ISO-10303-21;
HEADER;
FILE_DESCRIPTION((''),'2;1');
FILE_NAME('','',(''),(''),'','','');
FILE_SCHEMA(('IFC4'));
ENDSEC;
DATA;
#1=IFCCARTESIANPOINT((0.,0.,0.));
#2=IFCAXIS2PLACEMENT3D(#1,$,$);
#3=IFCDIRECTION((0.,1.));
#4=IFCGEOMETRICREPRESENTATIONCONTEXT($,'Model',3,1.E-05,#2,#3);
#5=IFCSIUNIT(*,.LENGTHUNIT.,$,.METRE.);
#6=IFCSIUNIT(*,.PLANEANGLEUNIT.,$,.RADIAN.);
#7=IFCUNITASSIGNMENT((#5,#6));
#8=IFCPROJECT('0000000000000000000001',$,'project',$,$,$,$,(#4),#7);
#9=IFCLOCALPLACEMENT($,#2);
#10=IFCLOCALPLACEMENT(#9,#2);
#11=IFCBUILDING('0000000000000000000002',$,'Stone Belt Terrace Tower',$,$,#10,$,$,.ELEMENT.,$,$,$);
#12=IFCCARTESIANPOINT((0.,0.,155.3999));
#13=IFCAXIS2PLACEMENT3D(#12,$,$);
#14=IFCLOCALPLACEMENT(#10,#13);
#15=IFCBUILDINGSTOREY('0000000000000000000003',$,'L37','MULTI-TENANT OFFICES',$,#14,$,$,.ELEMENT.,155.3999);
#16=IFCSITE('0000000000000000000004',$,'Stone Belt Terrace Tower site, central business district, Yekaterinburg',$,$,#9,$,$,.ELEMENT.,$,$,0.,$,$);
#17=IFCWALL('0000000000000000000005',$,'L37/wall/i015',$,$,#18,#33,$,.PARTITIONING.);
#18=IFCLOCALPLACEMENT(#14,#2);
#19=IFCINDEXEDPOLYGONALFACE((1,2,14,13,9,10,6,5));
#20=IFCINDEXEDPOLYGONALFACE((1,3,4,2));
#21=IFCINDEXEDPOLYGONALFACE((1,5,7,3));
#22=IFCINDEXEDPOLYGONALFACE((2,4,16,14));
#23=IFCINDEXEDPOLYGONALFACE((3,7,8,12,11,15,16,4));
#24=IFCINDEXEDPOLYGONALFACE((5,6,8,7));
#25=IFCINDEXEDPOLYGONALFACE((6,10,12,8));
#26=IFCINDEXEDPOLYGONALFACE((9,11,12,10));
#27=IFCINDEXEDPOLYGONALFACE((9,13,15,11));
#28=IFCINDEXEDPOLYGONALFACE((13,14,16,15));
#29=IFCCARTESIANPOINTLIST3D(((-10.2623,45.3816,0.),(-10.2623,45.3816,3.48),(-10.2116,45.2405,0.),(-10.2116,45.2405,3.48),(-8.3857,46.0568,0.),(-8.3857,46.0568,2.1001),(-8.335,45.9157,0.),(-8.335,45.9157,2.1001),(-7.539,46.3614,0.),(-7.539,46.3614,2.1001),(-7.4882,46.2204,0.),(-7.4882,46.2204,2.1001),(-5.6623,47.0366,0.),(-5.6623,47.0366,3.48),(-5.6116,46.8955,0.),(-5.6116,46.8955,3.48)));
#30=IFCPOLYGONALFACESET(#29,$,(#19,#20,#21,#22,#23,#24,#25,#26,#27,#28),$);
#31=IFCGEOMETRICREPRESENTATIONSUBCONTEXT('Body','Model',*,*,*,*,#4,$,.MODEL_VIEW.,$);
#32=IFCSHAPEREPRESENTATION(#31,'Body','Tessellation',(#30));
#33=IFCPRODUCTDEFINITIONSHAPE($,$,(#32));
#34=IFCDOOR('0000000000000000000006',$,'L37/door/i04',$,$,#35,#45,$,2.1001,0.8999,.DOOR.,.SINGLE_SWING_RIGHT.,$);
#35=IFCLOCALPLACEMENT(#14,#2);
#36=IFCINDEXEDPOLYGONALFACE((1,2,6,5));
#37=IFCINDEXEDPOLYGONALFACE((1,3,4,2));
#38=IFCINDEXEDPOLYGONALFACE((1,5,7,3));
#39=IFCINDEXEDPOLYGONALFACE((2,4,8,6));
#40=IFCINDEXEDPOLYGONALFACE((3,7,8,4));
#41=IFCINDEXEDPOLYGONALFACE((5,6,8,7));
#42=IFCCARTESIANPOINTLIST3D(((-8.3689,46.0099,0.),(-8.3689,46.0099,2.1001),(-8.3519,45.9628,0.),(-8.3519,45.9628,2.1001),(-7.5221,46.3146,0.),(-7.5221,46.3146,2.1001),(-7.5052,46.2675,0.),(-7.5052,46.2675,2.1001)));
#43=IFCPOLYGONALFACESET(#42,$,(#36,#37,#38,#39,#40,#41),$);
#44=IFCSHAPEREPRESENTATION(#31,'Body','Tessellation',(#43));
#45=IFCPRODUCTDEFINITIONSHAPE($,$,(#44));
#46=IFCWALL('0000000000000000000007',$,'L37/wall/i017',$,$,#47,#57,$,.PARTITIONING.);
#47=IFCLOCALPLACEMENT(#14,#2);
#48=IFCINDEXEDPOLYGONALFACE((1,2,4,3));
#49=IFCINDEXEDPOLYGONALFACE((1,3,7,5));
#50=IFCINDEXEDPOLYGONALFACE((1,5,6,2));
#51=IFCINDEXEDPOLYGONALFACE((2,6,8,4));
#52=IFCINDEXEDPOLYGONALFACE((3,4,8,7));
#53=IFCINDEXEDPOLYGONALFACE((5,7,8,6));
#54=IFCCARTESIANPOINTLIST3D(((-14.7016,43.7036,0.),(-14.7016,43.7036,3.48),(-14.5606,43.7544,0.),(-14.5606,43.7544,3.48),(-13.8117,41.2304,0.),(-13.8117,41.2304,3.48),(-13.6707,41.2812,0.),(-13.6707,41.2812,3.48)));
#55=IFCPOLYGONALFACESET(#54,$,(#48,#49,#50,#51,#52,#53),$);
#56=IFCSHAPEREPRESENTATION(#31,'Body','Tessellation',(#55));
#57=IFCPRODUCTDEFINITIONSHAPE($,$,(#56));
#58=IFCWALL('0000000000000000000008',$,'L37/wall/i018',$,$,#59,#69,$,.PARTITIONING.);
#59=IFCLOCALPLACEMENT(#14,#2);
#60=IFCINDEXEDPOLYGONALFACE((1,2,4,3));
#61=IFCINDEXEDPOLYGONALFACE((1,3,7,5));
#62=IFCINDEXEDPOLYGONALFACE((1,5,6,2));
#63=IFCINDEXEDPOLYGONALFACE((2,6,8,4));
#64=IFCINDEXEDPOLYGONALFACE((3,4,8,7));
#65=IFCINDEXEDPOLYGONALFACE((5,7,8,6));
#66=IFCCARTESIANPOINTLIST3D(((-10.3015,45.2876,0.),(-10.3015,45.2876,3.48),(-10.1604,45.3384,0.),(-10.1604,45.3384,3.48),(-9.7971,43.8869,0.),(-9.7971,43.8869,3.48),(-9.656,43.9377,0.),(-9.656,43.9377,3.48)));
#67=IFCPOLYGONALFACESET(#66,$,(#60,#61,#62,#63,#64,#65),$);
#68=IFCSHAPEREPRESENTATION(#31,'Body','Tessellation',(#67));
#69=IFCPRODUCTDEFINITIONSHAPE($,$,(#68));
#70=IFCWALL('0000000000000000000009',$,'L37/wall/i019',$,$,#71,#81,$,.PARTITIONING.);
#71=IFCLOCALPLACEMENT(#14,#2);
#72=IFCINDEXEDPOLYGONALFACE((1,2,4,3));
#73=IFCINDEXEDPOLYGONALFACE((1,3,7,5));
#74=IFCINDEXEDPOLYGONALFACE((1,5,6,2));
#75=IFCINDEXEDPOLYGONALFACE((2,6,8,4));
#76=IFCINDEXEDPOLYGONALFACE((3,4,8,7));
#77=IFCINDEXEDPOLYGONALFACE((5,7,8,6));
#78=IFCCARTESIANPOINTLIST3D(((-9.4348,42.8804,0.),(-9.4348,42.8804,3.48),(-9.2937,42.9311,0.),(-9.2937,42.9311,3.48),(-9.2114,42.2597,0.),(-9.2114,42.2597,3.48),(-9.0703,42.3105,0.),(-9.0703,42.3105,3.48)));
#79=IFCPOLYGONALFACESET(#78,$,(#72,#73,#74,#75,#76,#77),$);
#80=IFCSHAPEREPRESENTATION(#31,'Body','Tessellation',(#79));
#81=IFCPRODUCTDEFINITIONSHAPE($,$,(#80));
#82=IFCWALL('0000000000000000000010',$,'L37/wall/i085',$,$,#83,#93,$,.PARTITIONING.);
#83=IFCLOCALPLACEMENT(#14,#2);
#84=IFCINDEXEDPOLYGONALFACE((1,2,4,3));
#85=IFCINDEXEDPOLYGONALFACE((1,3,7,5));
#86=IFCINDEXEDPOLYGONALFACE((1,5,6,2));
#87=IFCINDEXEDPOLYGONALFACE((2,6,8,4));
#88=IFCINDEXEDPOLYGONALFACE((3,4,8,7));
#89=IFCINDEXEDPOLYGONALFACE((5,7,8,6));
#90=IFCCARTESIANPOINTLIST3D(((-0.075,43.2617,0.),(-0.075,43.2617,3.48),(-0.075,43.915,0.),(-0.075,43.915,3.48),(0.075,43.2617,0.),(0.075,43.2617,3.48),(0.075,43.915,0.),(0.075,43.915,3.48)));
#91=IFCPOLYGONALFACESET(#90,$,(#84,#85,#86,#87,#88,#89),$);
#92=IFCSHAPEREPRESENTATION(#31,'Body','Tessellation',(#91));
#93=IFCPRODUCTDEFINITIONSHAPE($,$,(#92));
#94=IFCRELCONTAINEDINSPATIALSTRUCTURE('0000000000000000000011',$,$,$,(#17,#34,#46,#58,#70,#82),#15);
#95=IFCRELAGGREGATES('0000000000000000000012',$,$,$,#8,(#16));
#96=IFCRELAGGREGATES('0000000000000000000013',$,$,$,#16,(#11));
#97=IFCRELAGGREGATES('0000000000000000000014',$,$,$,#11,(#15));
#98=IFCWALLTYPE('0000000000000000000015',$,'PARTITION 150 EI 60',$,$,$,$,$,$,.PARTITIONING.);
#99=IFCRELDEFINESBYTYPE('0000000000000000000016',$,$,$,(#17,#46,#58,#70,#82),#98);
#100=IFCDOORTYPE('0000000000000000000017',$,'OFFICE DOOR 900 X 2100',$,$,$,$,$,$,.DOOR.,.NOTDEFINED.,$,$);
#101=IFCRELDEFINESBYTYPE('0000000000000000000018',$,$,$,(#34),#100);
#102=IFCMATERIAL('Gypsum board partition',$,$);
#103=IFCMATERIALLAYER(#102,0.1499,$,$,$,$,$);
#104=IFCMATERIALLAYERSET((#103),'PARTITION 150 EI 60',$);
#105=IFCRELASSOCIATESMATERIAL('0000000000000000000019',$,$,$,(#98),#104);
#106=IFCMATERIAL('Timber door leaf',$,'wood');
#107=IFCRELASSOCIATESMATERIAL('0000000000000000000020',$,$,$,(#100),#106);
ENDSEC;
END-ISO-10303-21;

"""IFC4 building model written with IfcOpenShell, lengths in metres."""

from ifc_helpers import new_model, si_unit, direction, frame, frame_2d, origin, place, context, subcontext, project, spatial, rectangle, extrude, material, layer, layer_set, type_object, element, fill, save


model = new_model("IFC4")

# Units and contexts
model_context = context("Model", 3, precision=1e-05, world=origin(), true_north=direction((0.0, 1.0)))
body_context = subcontext(model_context, "Body", "Model", "MODEL_VIEW")
ifc_project = project(units=[si_unit("LENGTHUNIT", "METRE"), si_unit("PLANEANGLEUNIT", "RADIAN")], contexts=[model_context])

# Site, building, storey
site_placement = place(None, origin())
site = spatial("IfcSite", under=ifc_project, at=site_placement, Name="Stone Belt Terrace Tower site, central business district, Yekaterinburg", CompositionType="ELEMENT", RefElevation=0.0)
building_placement = place(site_placement, origin())
building = spatial("IfcBuilding", under=site, at=building_placement, Name="Stone Belt Terrace Tower", CompositionType="ELEMENT")
storey_placement = place(building_placement, frame((0.0, 0.0, 155.3999)))
storey = spatial("IfcBuildingStorey", under=building, at=storey_placement, Name="L37", Description="MULTI-TENANT OFFICES", CompositionType="ELEMENT", Elevation=155.3999)

# Shared definitions
ifc_material_1 = material(Name="Gypsum board partition")
ifc_layer_1 = layer(ifc_material_1, 0.1499)
ifc_layer_set_1 = layer_set([ifc_layer_1], Name="PARTITION 150 EI 60")
wall_type = type_object("IfcWallType", Name="PARTITION 150 EI 60", PredefinedType="PARTITIONING", material=ifc_layer_set_1)

# Wall, opening, door
ifc_material_2 = material(Name="Timber door leaf", Category="wood")
door_type = type_object("IfcDoorType", Name="OFFICE DOOR 900 X 2100", OperationType="NOTDEFINED", PredefinedType="DOOR", material=ifc_material_2)
wall_1_placement = place(storey_placement, frame((-5.637, 46.9661, 0.0), z_axis=(0.0, 0.0, 1.0), x_axis=(-0.940953, -0.338537, 0.0)))
wall_1 = element("IfcWall", 1, at=wall_1_placement, inside=storey, type_object=wall_type, Name="L37/wall/i015", PredefinedType="PARTITIONING", context=body_context, shape_type="SweptSolid", body=[
    extrude(rectangle(XDim=4.8887, YDim=0.1499, at=frame_2d((2.4443, 0.0))), origin(), (0.0, 0.0, 1.0), 3.48),
])
opening_1_placement = place(wall_1_placement, frame((1.9944, 0.0, 0.0)))
opening_1 = element("IfcOpeningElement", 2, at=opening_1_placement, cuts=wall_1, PredefinedType="OPENING", context=body_context, shape_type="SweptSolid", body=[
    extrude(rectangle(XDim=0.8999, YDim=2.1001, at=frame_2d((0.45, 1.05))), frame((0.0, 0.085, 0.0), z_axis=(0.0, -1.0, 0.0), x_axis=(1.0, 0.0, 0.0)), (0.0, 0.0, 1.0), 0.1699),
])
door_1_placement = place(opening_1_placement, origin())
door_1 = element("IfcDoor", 3, at=door_1_placement, inside=storey, type_object=door_type, Name="L37/door/i04", OperationType="SINGLE_SWING_RIGHT", OverallHeight=2.1001, OverallWidth=0.8999, PredefinedType="DOOR", context=body_context, shape_type="SweptSolid", body=[
    extrude(rectangle(XDim=0.8999, YDim=2.1001, at=frame_2d((0.45, 1.05))), frame((0.0, 0.0249, 0.0), z_axis=(0.0, -1.0, 0.0), x_axis=(1.0, 0.0, 0.0)), (0.0, 0.0, 1.0), 0.05),
])
fill(opening_1, door_1)

# Walls
wall_2_placement = place(storey_placement, frame((-14.6311, 43.729, 0.0), z_axis=(0.0, 0.0, 1.0), x_axis=(0.338571, -0.940941, 0.0)))
element("IfcWall", 4, at=wall_2_placement, inside=storey, type_object=wall_type, Name="L37/wall/i017", PredefinedType="PARTITIONING", context=body_context, shape_type="SweptSolid", body=[
    extrude(rectangle(XDim=2.6284, YDim=0.1499, at=frame_2d((1.3142, 0.0))), origin(), (0.0, 0.0, 1.0), 3.48),
])
wall_3_placement = place(storey_placement, frame((-10.231, 45.313, 0.0), z_axis=(0.0, 0.0, 1.0), x_axis=(0.338818, -0.940852, 0.0)))
element("IfcWall", 5, at=wall_3_placement, inside=storey, type_object=wall_type, Name="L37/wall/i018", PredefinedType="PARTITIONING", context=body_context, shape_type="SweptSolid", body=[
    extrude(rectangle(XDim=1.4888, YDim=0.1499, at=frame_2d((0.7444, 0.0))), origin(), (0.0, 0.0, 1.0), 3.48),
])
wall_4_placement = place(storey_placement, frame((-9.3643, 42.9058, 0.0), z_axis=(0.0, 0.0, 1.0), x_axis=(0.33868, -0.940902, 0.0)))
element("IfcWall", 6, at=wall_4_placement, inside=storey, type_object=wall_type, Name="L37/wall/i019", PredefinedType="PARTITIONING", context=body_context, shape_type="SweptSolid", body=[
    extrude(rectangle(XDim=0.6597, YDim=0.1499, at=frame_2d((0.3298, 0.0))), origin(), (0.0, 0.0, 1.0), 3.48),
])
wall_5_placement = place(storey_placement, frame((0.0, 43.915, 0.0), z_axis=(0.0, 0.0, 1.0), x_axis=(0.0, -1.0, 0.0)))
element("IfcWall", 7, at=wall_5_placement, inside=storey, type_object=wall_type, Name="L37/wall/i085", PredefinedType="PARTITIONING", context=body_context, shape_type="SweptSolid", body=[
    extrude(rectangle(XDim=0.6533, YDim=0.1499, at=frame_2d((0.3267, 0.0))), origin(), (0.0, 0.0, 1.0), 3.48),
])

save(model, "model.ifc")
